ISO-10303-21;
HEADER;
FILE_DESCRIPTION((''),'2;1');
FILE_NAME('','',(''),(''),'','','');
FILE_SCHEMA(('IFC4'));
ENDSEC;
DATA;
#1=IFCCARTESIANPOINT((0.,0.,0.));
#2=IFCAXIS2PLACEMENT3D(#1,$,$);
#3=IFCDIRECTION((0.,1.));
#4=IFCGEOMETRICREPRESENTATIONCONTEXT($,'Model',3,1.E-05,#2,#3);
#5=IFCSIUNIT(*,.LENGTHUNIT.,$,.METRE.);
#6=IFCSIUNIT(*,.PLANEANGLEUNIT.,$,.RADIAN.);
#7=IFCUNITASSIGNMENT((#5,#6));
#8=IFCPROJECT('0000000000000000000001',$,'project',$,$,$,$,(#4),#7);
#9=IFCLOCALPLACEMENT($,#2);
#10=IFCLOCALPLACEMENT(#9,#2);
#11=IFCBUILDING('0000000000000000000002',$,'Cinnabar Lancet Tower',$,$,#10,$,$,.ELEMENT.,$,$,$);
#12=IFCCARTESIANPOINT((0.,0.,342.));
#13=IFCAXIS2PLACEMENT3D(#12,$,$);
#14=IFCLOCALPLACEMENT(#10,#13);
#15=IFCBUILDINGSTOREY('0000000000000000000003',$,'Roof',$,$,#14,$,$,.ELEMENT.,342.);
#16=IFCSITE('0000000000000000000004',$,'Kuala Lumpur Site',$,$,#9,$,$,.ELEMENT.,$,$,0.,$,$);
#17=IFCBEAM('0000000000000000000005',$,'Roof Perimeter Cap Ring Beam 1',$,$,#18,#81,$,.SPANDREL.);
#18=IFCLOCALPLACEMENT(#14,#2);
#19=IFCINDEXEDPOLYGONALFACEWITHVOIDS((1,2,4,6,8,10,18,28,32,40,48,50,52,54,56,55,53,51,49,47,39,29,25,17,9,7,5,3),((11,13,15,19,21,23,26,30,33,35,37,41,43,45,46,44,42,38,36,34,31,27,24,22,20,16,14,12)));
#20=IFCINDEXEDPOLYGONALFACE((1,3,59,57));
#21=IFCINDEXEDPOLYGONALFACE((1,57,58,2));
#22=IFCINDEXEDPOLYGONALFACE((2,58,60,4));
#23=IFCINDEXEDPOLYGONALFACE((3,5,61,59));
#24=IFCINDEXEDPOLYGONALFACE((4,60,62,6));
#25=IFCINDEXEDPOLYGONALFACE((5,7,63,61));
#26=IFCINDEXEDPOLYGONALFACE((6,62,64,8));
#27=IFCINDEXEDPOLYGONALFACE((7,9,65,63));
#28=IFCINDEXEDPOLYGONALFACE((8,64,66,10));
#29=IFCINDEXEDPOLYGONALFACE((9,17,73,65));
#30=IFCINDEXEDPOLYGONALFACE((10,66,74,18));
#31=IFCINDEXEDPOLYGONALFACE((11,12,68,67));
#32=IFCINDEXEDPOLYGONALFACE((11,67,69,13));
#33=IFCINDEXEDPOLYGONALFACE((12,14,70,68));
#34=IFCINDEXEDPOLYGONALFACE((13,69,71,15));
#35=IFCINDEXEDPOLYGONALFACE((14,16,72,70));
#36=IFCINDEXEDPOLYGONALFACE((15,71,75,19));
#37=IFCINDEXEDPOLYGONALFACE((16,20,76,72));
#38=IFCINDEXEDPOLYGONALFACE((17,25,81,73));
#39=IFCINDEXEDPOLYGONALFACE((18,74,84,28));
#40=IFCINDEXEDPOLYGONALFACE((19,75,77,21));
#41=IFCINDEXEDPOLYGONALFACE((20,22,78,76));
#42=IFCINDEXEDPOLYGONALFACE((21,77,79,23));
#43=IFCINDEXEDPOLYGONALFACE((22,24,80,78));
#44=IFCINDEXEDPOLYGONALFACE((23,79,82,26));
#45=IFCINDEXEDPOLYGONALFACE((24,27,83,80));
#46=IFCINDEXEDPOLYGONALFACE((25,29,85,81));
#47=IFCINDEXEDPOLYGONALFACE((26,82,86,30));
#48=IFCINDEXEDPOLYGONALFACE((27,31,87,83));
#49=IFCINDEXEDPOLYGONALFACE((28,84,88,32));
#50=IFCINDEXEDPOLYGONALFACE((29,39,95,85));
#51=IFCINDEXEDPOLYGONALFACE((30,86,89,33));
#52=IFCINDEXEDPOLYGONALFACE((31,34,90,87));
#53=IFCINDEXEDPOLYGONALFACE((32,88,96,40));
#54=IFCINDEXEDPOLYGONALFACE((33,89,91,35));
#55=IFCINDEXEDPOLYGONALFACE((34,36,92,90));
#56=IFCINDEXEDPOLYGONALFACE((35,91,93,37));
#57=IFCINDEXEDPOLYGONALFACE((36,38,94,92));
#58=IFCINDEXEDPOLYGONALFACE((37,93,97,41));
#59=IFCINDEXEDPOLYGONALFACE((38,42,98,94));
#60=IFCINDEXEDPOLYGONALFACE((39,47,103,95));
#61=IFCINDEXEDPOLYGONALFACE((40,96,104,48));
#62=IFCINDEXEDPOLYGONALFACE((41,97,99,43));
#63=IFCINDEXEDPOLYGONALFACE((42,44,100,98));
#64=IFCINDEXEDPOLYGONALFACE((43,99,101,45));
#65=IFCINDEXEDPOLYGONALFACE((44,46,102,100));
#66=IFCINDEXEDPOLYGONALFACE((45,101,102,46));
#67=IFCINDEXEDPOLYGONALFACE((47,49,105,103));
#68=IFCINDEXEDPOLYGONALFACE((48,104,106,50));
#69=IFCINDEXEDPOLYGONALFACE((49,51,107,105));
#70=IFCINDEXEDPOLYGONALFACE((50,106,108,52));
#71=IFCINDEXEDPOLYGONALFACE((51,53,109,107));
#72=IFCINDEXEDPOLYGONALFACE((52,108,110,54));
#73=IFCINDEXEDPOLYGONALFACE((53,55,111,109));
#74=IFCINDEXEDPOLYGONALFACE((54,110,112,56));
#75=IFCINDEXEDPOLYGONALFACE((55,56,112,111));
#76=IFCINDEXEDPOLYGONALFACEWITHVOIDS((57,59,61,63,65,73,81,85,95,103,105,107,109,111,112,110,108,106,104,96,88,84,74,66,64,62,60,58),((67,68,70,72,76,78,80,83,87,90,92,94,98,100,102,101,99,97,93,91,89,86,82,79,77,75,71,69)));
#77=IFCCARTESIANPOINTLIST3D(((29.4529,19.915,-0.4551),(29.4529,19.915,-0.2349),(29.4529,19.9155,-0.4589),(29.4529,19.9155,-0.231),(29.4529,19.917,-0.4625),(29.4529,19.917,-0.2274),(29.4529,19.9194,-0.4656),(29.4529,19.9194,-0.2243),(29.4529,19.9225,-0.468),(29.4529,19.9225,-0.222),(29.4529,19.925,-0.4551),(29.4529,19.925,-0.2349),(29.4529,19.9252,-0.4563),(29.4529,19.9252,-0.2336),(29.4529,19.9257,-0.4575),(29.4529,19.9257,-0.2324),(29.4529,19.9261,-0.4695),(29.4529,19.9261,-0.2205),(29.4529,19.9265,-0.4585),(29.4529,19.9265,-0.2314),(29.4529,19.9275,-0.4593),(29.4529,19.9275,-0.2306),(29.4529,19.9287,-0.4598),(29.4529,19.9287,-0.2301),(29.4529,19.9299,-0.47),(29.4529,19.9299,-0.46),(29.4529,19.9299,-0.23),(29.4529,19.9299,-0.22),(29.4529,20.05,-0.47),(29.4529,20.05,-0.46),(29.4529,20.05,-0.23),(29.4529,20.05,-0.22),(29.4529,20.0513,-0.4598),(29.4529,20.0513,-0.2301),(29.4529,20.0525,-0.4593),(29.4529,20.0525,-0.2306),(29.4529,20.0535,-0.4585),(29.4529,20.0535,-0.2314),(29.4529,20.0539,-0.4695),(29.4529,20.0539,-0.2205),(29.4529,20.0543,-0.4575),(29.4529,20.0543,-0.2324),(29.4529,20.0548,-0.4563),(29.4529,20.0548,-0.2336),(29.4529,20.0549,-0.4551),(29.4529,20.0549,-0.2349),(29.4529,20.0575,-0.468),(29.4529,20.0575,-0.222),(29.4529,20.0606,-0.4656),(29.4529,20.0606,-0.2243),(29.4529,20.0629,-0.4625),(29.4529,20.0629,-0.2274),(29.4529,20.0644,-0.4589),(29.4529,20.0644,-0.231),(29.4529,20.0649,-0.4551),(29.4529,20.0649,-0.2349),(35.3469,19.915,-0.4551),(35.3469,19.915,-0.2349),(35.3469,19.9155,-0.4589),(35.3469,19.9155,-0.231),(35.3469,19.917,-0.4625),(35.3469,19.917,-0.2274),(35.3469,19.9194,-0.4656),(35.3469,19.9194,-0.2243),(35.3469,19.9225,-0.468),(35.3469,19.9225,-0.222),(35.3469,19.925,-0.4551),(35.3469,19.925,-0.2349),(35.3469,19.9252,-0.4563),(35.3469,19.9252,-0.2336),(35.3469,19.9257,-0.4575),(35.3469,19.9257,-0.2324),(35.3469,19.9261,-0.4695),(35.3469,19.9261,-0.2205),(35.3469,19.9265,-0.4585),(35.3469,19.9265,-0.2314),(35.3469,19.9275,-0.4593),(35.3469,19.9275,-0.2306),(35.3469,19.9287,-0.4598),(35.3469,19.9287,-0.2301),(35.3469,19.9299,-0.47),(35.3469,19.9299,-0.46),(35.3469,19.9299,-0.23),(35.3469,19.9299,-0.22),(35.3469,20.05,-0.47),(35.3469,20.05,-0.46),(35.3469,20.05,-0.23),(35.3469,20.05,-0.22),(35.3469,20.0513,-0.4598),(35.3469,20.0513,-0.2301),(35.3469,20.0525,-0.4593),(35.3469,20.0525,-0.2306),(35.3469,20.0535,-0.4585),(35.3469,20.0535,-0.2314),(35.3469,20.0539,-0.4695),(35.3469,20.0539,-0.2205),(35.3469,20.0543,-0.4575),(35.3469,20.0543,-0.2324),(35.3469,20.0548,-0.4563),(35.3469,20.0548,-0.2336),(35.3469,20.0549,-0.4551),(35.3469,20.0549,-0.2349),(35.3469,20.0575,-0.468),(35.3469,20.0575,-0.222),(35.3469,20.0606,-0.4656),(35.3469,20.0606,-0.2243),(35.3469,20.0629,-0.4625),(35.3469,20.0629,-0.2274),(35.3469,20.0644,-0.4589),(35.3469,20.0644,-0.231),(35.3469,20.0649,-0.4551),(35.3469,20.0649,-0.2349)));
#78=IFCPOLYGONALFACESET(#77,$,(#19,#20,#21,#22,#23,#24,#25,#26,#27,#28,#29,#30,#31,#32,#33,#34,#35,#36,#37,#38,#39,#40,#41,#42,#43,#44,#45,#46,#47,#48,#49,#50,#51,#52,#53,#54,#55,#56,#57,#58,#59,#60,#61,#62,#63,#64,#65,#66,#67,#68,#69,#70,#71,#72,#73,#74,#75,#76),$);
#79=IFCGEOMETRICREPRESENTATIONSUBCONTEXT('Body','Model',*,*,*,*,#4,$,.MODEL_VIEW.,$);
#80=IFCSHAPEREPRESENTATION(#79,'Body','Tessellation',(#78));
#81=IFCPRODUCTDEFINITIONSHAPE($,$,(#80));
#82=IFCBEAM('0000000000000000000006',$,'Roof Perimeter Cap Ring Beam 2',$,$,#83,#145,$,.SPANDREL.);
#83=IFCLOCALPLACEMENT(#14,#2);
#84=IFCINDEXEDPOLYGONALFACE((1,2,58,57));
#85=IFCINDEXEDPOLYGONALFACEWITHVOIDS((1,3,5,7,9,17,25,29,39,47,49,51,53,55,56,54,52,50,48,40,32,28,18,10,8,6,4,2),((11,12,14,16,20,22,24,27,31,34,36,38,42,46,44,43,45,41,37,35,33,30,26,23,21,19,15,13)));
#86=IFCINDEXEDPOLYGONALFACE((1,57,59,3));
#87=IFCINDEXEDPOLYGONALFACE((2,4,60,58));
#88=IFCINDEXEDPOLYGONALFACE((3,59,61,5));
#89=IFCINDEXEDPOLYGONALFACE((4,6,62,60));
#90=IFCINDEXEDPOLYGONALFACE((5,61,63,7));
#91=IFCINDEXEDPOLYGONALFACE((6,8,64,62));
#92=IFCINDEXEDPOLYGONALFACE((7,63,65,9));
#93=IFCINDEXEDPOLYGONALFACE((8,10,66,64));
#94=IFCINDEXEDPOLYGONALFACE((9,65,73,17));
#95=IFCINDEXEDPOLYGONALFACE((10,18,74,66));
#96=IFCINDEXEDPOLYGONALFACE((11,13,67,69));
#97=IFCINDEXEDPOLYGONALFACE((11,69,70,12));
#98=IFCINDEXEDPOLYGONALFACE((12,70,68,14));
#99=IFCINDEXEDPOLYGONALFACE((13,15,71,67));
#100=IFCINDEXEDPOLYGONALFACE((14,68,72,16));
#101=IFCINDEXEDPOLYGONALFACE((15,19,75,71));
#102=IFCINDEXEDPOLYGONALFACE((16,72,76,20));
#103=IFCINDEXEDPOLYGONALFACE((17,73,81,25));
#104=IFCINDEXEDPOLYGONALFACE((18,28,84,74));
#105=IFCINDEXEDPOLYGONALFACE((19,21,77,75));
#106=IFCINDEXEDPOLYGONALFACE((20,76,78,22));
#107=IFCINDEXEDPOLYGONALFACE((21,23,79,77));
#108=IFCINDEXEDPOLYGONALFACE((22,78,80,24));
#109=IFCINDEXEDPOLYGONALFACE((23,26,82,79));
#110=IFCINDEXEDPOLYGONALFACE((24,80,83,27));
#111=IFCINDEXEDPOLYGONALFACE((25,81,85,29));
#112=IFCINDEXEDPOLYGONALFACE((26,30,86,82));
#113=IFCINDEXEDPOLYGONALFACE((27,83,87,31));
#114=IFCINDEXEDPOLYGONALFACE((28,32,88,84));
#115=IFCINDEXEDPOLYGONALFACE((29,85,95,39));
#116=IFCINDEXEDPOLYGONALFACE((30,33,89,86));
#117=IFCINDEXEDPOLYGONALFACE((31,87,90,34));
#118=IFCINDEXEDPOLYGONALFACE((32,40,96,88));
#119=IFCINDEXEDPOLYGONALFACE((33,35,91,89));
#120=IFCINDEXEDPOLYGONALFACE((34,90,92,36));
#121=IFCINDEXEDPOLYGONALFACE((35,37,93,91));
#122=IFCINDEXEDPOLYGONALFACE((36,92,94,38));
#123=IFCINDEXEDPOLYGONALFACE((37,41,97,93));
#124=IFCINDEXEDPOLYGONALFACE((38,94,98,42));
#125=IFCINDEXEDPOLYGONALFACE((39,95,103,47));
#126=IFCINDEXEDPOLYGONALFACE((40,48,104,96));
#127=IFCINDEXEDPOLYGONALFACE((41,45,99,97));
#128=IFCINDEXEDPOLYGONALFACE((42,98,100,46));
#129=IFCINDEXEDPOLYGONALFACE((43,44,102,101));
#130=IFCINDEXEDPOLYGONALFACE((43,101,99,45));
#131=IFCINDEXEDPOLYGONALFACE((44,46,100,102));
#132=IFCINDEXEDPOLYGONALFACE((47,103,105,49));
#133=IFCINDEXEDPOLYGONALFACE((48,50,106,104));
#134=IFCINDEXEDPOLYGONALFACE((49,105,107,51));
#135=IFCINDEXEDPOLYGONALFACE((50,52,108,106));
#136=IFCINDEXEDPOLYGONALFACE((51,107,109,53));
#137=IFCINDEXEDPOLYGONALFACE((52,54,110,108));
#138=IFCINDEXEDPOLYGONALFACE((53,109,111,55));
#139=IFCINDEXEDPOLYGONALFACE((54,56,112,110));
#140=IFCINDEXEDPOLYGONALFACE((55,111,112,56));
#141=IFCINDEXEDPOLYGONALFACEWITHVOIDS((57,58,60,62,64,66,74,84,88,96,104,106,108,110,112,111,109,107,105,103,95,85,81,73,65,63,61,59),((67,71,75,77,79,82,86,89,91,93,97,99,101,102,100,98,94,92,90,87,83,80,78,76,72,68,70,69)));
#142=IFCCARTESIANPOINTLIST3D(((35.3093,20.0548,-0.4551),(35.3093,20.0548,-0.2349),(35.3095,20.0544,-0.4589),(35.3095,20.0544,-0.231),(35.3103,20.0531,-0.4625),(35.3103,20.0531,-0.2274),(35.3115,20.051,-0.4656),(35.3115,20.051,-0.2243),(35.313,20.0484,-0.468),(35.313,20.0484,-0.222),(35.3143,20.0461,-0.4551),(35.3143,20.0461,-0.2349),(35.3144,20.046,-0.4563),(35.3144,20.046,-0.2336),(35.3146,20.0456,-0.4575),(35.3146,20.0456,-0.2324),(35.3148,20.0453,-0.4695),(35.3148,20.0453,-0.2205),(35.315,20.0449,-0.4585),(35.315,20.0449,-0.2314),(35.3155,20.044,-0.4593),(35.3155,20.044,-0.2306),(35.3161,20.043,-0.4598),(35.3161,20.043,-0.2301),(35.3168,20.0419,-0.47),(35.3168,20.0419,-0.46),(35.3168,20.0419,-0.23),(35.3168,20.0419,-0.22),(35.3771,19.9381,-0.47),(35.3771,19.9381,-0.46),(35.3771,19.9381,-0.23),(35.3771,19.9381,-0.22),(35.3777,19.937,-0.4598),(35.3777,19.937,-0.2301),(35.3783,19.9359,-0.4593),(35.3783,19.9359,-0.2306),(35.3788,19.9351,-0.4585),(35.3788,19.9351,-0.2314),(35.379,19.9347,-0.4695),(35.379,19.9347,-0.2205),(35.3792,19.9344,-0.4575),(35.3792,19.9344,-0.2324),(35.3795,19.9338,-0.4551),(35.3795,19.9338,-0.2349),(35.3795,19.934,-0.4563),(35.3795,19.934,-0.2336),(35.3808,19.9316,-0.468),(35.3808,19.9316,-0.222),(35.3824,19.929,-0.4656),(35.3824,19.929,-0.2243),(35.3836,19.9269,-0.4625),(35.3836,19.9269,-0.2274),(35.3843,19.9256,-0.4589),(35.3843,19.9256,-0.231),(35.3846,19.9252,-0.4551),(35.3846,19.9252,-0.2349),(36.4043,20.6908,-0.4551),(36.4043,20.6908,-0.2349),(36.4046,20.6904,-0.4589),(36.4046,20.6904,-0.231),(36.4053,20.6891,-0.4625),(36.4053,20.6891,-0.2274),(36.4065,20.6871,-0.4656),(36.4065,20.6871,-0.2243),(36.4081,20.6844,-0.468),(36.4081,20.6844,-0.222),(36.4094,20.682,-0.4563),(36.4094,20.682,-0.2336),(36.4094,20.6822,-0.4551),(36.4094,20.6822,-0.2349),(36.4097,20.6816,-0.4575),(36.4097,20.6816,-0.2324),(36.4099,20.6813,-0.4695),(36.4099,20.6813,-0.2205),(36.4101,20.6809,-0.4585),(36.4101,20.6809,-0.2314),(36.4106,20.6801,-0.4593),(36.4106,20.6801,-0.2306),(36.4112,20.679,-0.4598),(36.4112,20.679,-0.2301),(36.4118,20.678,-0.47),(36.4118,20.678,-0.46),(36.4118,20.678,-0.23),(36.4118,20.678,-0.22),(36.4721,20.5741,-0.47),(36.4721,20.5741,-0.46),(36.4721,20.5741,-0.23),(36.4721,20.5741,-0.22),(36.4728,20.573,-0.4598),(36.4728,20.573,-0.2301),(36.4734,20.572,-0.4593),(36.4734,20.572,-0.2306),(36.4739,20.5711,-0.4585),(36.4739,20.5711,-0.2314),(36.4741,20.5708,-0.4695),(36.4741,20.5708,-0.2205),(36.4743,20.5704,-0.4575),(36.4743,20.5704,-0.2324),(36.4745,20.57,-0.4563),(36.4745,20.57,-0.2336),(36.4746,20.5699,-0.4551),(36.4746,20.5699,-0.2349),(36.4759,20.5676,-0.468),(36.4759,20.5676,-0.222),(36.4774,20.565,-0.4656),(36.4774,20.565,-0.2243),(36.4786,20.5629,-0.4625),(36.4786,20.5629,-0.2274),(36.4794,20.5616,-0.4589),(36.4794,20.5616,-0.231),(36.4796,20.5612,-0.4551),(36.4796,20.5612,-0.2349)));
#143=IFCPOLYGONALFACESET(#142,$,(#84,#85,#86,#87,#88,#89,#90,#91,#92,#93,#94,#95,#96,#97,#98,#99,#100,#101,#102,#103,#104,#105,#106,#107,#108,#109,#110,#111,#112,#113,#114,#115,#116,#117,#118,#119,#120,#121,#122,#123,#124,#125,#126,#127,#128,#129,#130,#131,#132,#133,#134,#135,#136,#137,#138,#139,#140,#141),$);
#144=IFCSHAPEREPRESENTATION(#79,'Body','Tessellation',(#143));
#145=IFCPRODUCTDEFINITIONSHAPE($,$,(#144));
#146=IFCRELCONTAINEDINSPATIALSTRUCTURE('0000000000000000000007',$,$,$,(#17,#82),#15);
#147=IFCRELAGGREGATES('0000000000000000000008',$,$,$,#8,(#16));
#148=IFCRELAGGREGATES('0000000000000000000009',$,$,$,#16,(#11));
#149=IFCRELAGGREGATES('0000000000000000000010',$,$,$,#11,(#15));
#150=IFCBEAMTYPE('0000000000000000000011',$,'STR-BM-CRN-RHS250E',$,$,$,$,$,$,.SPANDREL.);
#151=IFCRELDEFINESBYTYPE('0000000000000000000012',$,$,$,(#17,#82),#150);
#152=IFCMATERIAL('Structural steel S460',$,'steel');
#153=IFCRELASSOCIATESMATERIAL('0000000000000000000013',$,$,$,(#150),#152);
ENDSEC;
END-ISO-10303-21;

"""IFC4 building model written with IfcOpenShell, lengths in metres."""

from ifc_helpers import new_model, si_unit, direction, frame, origin, origin_2d, place, context, subcontext, project, spatial, hollow_rectangle, extrude, material, material_profile, profile_set, type_object, element, save


model = new_model("IFC4")

# Units and contexts
model_context = context("Model", 3, precision=1e-05, world=origin(), true_north=direction((0.0, 1.0)))
body_context = subcontext(model_context, "Body", "Model", "MODEL_VIEW")
ifc_project = project(units=[si_unit("LENGTHUNIT", "METRE"), si_unit("PLANEANGLEUNIT", "RADIAN")], contexts=[model_context])

# Site, building, storey
site_placement = place(None, origin())
site = spatial("IfcSite", under=ifc_project, at=site_placement, Name="Kuala Lumpur Site", CompositionType="ELEMENT", RefElevation=0.0)
building_placement = place(site_placement, origin())
building = spatial("IfcBuilding", under=site, at=building_placement, Name="Cinnabar Lancet Tower", CompositionType="ELEMENT")
storey_placement = place(building_placement, frame((0.0, 0.0, 342.0)))
storey = spatial("IfcBuildingStorey", under=building, at=storey_placement, Name="Roof", CompositionType="ELEMENT", Elevation=342.0)

# Beams
ifc_material_1 = material(Name="Structural steel S460", Category="steel")
ifc_material_profile_1 = material_profile(ifc_material_1, hollow_rectangle(XDim=0.1499, YDim=0.25, WallThickness=0.01, InnerFilletRadius=0.0049, OuterFilletRadius=0.0149, at=origin_2d()), Name="RHS 250x150x10")
ifc_profile_set_1 = profile_set([ifc_material_profile_1], Name="Structural steel S460")
beam_type_1 = type_object("IfcBeamType", Name="STR-BM-CRN-RHS250E", PredefinedType="SPANDREL", material=ifc_profile_set_1)
beam_1_placement = place(storey_placement, frame((29.4529, 19.99, -0.345), z_axis=(1.0, 0.0, 0.0), x_axis=(0.0, 1.0, 0.0)))
element("IfcBeam", 1, at=beam_1_placement, inside=storey, type_object=beam_type_1, Name="Roof Perimeter Cap Ring Beam 1", PredefinedType="SPANDREL", context=body_context, shape_type="SweptSolid", body=[
    extrude(hollow_rectangle(XDim=0.1499, YDim=0.25, WallThickness=0.01, InnerFilletRadius=0.0049, OuterFilletRadius=0.0149, at=origin_2d()), origin(), (0.0, 0.0, 1.0), 5.894),
])
beam_2_placement = place(storey_placement, frame((35.3469, 19.99, -0.345), z_axis=(0.864721, 0.502252, 0.0), x_axis=(-0.502252, 0.864721, 0.0)))
element("IfcBeam", 2, at=beam_2_placement, inside=storey, type_object=beam_type_1, Name="Roof Perimeter Cap Ring Beam 2", PredefinedType="SPANDREL", context=body_context, shape_type="SweptSolid", body=[
    extrude(hollow_rectangle(XDim=0.1499, YDim=0.25, WallThickness=0.01, InnerFilletRadius=0.0049, OuterFilletRadius=0.0149, at=origin_2d()), origin(), (0.0, 0.0, 1.0), 1.2664),
])

save(model, "model.ifc")
